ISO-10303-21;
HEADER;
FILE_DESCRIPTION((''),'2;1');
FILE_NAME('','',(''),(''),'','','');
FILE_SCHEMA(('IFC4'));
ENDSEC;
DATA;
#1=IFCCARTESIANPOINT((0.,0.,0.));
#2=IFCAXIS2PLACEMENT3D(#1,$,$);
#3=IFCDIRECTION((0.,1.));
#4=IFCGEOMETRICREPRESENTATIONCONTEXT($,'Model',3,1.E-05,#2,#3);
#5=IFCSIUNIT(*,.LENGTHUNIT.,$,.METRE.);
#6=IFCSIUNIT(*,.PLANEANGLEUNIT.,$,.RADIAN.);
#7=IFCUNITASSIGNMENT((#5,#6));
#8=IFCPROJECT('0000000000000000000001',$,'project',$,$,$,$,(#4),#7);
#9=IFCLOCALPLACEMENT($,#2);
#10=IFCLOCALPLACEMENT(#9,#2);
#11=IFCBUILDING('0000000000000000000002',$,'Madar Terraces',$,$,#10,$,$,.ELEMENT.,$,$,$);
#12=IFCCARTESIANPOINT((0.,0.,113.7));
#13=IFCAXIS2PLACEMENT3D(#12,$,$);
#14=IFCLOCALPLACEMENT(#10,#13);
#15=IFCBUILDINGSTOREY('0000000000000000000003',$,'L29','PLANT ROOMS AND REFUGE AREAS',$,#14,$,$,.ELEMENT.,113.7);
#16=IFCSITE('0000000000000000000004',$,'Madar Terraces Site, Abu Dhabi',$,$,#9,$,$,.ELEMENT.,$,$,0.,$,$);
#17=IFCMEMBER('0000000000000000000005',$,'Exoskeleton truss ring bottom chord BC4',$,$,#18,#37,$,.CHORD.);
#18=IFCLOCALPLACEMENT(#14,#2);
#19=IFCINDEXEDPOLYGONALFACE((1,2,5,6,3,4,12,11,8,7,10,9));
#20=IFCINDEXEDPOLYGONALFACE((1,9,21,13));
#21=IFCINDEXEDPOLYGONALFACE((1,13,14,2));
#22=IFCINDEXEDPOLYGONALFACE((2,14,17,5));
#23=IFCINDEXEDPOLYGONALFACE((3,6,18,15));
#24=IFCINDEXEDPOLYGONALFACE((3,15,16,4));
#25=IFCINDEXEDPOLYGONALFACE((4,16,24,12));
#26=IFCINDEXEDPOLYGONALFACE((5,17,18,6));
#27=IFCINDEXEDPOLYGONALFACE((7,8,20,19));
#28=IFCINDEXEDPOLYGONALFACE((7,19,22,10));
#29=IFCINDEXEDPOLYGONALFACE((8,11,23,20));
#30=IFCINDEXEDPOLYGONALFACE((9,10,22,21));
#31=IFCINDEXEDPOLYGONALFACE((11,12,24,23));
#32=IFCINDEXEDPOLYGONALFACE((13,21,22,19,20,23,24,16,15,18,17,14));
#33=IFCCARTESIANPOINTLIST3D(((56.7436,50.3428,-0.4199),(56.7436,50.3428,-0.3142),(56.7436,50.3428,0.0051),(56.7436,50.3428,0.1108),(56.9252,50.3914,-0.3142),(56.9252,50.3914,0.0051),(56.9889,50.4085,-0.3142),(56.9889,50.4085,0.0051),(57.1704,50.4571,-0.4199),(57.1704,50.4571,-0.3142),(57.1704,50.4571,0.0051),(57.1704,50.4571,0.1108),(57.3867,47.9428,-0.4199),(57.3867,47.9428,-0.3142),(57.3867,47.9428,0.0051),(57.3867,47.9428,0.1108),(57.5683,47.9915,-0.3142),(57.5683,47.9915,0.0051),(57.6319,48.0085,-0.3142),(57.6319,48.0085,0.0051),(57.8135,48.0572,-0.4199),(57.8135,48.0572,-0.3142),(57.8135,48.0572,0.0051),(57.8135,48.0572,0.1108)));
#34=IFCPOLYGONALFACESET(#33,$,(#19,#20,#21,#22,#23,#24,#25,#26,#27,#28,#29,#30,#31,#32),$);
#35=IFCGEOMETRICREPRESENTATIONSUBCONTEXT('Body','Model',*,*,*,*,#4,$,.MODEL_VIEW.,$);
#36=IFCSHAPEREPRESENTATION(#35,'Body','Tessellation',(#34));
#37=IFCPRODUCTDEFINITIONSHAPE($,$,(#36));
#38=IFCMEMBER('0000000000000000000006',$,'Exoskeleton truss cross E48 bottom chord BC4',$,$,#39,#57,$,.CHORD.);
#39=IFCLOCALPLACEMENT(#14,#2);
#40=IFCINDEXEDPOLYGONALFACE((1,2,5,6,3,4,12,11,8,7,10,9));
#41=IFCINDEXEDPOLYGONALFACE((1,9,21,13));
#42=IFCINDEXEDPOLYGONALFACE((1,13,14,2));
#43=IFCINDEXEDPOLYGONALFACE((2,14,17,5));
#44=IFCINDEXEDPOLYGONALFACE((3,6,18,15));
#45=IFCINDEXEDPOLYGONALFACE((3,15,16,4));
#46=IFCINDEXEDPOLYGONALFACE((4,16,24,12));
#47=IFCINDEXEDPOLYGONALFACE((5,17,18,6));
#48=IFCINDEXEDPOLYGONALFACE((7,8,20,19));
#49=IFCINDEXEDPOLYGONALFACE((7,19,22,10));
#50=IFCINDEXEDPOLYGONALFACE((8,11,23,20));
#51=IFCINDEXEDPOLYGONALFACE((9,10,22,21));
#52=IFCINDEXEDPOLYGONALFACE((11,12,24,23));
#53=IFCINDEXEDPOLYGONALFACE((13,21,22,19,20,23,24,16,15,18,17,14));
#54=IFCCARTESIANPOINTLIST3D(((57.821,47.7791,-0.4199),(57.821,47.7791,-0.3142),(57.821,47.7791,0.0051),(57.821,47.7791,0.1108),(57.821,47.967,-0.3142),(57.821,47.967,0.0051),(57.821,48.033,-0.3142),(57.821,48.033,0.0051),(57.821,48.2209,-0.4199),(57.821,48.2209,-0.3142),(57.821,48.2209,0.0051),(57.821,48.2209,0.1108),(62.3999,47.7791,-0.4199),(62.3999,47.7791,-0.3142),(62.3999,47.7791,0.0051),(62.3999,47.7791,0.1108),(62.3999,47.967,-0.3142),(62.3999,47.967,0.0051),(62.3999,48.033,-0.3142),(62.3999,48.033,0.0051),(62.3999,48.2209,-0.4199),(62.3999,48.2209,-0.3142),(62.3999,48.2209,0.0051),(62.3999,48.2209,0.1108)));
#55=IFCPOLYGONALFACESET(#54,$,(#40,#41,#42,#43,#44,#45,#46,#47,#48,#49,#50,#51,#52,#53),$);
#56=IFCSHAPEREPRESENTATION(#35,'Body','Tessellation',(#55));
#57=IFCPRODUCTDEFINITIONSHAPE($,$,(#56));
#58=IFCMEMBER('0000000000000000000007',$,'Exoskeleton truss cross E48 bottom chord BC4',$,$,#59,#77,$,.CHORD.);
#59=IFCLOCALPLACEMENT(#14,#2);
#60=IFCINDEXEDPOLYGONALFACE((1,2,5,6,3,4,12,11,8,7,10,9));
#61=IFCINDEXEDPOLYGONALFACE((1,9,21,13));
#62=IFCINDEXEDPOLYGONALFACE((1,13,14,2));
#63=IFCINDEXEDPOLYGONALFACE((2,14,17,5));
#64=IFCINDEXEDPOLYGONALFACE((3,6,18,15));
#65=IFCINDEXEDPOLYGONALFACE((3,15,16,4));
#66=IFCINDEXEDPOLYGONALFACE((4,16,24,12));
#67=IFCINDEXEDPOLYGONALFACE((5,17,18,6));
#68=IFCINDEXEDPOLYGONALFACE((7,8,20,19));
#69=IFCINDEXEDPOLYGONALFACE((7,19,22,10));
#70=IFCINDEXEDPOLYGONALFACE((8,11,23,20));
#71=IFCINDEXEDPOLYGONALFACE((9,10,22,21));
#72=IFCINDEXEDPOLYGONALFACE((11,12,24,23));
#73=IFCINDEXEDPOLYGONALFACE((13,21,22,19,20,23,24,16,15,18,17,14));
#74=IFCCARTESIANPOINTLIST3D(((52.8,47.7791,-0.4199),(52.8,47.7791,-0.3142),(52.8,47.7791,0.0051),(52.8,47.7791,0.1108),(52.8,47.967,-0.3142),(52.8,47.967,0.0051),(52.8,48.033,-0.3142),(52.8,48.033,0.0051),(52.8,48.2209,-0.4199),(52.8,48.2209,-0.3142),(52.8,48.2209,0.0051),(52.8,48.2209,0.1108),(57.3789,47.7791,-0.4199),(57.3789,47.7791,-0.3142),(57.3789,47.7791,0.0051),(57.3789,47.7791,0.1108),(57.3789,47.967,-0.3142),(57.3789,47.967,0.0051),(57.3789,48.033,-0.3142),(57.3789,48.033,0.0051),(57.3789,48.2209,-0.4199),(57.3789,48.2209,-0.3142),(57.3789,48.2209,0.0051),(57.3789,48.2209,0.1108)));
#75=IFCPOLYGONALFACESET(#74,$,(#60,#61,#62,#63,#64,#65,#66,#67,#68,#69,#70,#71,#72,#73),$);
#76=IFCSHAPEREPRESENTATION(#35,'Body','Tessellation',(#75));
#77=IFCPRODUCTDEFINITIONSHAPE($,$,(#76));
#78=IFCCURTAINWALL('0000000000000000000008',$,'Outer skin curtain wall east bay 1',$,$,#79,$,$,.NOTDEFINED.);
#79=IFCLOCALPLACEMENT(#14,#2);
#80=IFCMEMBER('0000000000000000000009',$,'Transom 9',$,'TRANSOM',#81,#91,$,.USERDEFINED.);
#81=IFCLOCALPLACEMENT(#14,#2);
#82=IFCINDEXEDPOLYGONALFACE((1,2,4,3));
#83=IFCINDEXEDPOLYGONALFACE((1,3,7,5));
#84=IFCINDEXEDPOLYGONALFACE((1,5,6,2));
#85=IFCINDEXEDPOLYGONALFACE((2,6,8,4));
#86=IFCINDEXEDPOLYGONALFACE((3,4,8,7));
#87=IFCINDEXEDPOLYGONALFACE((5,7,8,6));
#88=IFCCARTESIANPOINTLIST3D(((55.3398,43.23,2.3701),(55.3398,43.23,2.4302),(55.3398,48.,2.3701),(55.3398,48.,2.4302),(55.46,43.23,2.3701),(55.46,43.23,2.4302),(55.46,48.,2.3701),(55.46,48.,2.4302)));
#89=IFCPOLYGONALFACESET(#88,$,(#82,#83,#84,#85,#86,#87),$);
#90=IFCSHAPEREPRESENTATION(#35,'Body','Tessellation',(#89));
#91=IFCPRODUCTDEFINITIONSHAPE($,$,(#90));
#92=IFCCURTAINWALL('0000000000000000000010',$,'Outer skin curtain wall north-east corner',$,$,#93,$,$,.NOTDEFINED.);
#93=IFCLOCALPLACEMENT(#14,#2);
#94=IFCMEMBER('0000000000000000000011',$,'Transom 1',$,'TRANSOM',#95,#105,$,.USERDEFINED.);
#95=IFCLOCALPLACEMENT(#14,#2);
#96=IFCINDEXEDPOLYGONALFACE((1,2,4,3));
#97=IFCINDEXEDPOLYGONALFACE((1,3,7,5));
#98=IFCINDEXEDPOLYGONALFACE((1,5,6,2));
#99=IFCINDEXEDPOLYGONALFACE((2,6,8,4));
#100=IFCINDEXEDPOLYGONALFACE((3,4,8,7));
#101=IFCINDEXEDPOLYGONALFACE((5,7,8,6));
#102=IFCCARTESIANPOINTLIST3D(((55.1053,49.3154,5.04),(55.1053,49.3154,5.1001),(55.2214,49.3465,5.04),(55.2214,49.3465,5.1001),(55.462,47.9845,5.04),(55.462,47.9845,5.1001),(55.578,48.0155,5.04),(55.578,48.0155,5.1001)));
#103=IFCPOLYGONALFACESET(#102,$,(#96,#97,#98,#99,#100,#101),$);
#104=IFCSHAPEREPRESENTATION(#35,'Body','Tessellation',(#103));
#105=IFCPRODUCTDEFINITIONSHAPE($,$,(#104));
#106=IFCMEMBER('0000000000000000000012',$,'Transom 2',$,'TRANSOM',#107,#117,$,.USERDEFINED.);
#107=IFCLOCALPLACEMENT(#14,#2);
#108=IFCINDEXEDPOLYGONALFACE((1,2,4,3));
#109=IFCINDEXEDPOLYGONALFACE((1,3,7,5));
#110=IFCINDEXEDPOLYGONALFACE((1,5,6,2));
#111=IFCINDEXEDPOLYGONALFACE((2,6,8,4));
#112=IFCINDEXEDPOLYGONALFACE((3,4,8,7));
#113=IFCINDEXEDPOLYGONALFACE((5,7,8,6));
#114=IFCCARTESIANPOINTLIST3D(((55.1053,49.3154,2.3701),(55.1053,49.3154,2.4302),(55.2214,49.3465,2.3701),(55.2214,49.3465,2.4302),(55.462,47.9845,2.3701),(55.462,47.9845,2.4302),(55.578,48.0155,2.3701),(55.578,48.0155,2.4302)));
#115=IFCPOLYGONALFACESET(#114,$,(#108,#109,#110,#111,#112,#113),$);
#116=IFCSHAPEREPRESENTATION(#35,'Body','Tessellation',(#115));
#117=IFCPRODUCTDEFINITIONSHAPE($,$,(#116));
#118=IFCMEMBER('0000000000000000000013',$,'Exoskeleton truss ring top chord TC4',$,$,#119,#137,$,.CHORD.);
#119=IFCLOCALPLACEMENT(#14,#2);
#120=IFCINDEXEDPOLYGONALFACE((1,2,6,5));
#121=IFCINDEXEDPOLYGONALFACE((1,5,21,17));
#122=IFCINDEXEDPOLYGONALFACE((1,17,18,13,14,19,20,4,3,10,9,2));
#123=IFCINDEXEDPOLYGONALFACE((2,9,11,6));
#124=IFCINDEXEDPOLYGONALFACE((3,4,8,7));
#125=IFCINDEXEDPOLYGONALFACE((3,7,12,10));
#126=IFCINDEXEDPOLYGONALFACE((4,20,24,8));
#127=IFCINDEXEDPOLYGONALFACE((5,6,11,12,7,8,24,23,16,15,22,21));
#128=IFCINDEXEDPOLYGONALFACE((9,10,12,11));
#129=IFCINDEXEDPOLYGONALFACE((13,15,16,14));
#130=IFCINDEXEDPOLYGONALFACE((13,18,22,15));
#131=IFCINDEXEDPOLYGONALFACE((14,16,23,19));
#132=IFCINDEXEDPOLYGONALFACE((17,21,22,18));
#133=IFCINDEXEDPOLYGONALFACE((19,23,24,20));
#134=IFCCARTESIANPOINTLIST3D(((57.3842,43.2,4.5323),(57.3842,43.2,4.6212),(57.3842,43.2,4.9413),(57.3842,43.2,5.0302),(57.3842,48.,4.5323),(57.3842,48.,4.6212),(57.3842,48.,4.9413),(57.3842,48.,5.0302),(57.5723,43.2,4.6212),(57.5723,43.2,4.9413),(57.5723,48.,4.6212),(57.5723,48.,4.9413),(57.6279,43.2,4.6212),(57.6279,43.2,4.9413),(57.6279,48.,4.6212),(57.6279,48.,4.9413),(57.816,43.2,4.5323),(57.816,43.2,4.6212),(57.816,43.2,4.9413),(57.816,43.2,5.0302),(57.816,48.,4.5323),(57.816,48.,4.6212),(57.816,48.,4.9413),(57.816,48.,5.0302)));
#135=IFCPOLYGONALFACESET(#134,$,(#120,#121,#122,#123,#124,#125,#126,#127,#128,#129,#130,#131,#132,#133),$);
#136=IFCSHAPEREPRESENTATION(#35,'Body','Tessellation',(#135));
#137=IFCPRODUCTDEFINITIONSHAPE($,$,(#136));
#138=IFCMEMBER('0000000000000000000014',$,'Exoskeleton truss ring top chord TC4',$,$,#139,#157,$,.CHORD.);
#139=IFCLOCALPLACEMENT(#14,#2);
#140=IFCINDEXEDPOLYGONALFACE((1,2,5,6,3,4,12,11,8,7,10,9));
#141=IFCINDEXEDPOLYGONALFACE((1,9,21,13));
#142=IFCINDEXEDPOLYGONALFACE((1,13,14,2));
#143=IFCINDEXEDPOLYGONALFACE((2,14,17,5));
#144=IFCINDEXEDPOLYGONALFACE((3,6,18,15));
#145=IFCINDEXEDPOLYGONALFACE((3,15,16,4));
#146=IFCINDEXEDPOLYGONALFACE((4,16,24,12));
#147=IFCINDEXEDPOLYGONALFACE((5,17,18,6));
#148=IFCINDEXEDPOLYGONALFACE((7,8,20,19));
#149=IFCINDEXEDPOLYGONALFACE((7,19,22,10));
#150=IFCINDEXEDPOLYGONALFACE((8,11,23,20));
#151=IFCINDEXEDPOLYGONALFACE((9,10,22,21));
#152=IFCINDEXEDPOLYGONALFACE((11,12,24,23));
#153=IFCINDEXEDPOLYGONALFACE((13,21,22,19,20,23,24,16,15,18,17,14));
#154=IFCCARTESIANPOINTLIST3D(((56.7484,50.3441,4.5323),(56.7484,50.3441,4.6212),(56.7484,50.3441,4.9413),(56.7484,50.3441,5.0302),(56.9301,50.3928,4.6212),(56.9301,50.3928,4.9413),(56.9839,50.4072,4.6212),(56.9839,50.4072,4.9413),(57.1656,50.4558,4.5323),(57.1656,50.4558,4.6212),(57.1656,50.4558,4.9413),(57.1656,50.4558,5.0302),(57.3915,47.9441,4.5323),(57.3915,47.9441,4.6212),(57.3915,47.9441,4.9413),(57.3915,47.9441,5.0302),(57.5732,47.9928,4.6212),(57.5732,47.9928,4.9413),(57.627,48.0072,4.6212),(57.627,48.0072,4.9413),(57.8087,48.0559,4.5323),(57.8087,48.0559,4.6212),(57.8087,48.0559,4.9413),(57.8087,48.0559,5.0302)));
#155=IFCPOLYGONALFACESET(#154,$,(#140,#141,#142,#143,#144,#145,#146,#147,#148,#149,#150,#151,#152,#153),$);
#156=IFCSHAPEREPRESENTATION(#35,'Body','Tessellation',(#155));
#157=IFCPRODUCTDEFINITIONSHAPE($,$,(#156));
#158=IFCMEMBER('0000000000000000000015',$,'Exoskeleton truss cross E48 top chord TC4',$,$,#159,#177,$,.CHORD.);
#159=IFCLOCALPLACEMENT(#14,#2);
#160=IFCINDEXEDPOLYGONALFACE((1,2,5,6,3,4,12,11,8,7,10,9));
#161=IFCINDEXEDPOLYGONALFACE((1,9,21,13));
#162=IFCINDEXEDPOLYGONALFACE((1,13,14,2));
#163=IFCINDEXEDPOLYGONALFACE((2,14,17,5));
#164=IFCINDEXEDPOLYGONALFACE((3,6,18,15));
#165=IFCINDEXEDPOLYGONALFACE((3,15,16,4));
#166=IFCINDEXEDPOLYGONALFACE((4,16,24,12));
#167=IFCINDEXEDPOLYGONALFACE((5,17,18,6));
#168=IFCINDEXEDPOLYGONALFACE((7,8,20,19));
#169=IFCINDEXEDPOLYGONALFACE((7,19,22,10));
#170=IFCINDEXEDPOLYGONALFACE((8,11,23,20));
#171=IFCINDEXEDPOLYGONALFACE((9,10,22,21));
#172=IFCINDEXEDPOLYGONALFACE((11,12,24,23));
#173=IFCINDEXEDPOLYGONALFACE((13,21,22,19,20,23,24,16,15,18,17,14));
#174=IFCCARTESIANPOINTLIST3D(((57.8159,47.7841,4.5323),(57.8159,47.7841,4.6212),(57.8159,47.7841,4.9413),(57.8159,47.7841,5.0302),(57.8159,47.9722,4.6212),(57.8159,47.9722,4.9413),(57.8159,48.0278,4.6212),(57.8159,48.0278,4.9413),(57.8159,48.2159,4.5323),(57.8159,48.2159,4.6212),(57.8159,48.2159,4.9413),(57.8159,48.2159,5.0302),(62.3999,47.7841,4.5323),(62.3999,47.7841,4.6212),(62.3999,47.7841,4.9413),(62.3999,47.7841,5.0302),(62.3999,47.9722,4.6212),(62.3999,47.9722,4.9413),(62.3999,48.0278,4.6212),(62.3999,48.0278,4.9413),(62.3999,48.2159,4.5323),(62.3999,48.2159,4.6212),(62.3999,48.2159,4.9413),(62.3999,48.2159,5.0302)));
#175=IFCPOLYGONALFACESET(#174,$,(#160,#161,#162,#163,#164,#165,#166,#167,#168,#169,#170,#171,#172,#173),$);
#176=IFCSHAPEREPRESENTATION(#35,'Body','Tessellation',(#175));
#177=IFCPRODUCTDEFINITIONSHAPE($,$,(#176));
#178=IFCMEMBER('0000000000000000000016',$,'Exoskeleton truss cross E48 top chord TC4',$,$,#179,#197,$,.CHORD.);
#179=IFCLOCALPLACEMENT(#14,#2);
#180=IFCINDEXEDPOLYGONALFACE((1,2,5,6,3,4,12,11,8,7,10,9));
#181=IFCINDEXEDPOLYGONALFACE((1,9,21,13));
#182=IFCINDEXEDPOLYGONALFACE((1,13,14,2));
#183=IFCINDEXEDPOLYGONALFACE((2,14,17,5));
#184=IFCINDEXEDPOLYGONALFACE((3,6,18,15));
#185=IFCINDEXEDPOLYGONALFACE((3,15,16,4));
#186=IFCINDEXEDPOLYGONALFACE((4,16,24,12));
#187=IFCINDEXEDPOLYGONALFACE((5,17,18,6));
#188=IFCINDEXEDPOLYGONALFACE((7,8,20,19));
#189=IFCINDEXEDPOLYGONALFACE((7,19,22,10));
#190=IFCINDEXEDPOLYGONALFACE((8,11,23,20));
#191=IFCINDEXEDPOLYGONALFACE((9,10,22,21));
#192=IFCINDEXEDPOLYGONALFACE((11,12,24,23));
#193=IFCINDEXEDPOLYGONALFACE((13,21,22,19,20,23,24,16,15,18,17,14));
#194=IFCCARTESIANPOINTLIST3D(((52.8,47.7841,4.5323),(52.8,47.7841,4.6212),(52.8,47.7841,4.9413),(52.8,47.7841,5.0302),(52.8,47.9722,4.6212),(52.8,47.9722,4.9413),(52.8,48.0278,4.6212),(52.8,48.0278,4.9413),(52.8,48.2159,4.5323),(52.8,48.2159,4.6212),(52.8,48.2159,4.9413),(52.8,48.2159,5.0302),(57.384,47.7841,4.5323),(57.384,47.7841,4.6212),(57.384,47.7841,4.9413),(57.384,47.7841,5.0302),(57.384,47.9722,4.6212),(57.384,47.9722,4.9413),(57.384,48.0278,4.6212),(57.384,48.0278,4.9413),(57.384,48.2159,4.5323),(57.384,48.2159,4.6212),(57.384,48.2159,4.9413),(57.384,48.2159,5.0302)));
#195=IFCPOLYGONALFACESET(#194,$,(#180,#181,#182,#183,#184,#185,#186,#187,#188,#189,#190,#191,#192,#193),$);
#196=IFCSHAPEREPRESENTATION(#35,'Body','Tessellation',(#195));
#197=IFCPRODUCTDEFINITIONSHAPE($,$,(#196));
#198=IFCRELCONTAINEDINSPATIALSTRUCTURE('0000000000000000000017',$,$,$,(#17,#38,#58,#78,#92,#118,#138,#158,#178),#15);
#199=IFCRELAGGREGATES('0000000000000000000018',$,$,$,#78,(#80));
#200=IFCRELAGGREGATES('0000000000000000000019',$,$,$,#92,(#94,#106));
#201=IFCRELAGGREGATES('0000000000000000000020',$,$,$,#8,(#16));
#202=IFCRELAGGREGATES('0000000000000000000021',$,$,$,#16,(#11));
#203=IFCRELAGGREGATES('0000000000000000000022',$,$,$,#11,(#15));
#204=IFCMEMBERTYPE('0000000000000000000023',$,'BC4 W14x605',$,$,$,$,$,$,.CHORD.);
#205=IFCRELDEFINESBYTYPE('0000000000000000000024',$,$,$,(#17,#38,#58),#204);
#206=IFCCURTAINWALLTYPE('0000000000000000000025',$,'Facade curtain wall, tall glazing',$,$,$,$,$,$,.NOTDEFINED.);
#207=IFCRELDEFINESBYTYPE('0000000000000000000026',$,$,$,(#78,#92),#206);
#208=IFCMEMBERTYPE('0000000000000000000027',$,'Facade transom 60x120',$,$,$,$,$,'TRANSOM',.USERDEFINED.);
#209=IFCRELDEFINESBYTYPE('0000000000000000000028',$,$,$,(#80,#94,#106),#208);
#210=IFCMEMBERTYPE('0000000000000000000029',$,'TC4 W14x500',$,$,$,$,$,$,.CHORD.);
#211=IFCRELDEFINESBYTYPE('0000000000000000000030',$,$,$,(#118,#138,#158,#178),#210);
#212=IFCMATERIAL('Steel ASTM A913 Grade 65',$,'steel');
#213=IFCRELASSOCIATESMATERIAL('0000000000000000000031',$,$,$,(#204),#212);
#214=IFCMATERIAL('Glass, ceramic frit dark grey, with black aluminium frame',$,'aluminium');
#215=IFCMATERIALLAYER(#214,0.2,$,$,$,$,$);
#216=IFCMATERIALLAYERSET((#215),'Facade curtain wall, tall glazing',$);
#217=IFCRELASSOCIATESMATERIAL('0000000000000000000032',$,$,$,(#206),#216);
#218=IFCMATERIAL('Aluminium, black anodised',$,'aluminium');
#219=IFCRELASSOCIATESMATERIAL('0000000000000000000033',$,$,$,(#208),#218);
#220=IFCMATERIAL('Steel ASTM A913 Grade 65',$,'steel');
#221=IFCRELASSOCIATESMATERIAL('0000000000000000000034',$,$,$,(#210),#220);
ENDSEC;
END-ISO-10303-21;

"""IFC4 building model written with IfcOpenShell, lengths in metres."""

from ifc_helpers import new_model, si_unit, direction, frame, origin, origin_2d, place, context, subcontext, project, spatial, rectangle, i_section, extrude, material, layer, layer_set, material_profile, profile_set, type_object, element, aggregate, save


model = new_model("IFC4")

# Units and contexts
model_context = context("Model", 3, precision=1e-05, world=origin(), true_north=direction((0.0, 1.0)))
body_context = subcontext(model_context, "Body", "Model", "MODEL_VIEW")
ifc_project = project(units=[si_unit("LENGTHUNIT", "METRE"), si_unit("PLANEANGLEUNIT", "RADIAN")], contexts=[model_context])

# Site, building, storey
site_placement = place(None, origin())
site = spatial("IfcSite", under=ifc_project, at=site_placement, Name="Madar Terraces Site, Abu Dhabi", CompositionType="ELEMENT", RefElevation=0.0)
building_placement = place(site_placement, origin())
building = spatial("IfcBuilding", under=site, at=building_placement, Name="Madar Terraces", CompositionType="ELEMENT")
storey_placement = place(building_placement, frame((0.0, 0.0, 113.7)))
storey = spatial("IfcBuildingStorey", under=building, at=storey_placement, Name="L29", Description="PLANT ROOMS AND REFUGE AREAS", CompositionType="ELEMENT", Elevation=113.7)

# Members
ifc_material_1 = material(Name="Steel ASTM A913 Grade 65", Category="steel")
ifc_material_profile_1 = material_profile(ifc_material_1, i_section(OverallWidth=0.4419, OverallDepth=0.5308, WebThickness=0.0659, FlangeThickness=0.1057, at=origin_2d()), Name="W14x605")
ifc_profile_set_1 = profile_set([ifc_material_profile_1], Name="Steel ASTM A913 Grade 65")
member_type_1 = type_object("IfcMemberType", Name="BC4 W14x605", PredefinedType="CHORD", material=ifc_profile_set_1)
member_1_placement = place(storey_placement, frame((57.6001, 48.0, -0.1545), z_axis=(-0.258824, 0.965924, 0.0), x_axis=(-0.965924, -0.258824, 0.0)))
element("IfcMember", 1, at=member_1_placement, inside=storey, type_object=member_type_1, Name="Exoskeleton truss ring bottom chord BC4", PredefinedType="CHORD", context=body_context, shape_type="SweptSolid", body=[
    extrude(i_section(OverallWidth=0.4419, OverallDepth=0.5308, WebThickness=0.0659, FlangeThickness=0.1057, at=origin_2d()), origin(), (0.0, 0.0, 1.0), 2.4846),
])
for number, where, z_axis, x_axis, name in (
    (2, (62.3999, 48.0, -0.1545), (-1.0, 0.0, 0.0), (0.0, -1.0, 0.0), "Exoskeleton truss cross E48 bottom chord BC4"),
    (3, (57.3789, 48.0, -0.1545), (-1.0, 0.0, 0.0), (0.0, -1.0, 0.0), "Exoskeleton truss cross E48 bottom chord BC4"),
):
    element("IfcMember", number, at=place(storey_placement, frame(where, z_axis=z_axis, x_axis=x_axis)), inside=storey, type_object=member_type_1, Name=name, PredefinedType="CHORD", context=body_context, shape_type="SweptSolid", body=[
        extrude(i_section(OverallWidth=0.4419, OverallDepth=0.5308, WebThickness=0.0659, FlangeThickness=0.1057, at=origin_2d()), origin(), (0.0, 0.0, 1.0), 4.5789),
    ])

# Curtain wall, member
ifc_material_2 = material(Name="Glass, ceramic frit dark grey, with black aluminium frame", Category="aluminium")
ifc_layer_1 = layer(ifc_material_2, 0.2)
ifc_layer_set_1 = layer_set([ifc_layer_1], Name="Facade curtain wall, tall glazing")
curtain_wall_type = type_object("IfcCurtainWallType", Name="Facade curtain wall, tall glazing", PredefinedType="NOTDEFINED", material=ifc_layer_set_1)
curtain_wall_1_placement = place(storey_placement, origin())
curtain_wall_1 = element("IfcCurtainWall", 4, at=curtain_wall_1_placement, inside=storey, type_object=curtain_wall_type, Name="Outer skin curtain wall east bay 1", PredefinedType="NOTDEFINED")
ifc_material_3 = material(Name="Aluminium, black anodised", Category="aluminium")
ifc_material_profile_2 = material_profile(ifc_material_3, rectangle(XDim=0.1201, YDim=0.0601, at=origin_2d()), Name="Facade transom 60x120")
ifc_profile_set_2 = profile_set([ifc_material_profile_2], Name="Aluminium, black anodised")
member_type_2 = type_object("IfcMemberType", Name="Facade transom 60x120", ElementType="TRANSOM", PredefinedType="USERDEFINED", material=ifc_profile_set_2)
member_2_placement = place(storey_placement, frame((55.3999, 43.23, 2.4001), z_axis=(0.0, 1.0, 0.0), x_axis=(-1.0, 0.0, 0.0)))
member_2 = element("IfcMember", 5, at=member_2_placement, type_object=member_type_2, Name="Transom 9", ObjectType="TRANSOM", PredefinedType="USERDEFINED", context=body_context, shape_type="SweptSolid", body=[
    extrude(rectangle(XDim=0.1201, YDim=0.0601, at=origin_2d()), origin(), (0.0, 0.0, 1.0), 4.77),
])

# Curtain wall, members
curtain_wall_2_placement = place(storey_placement, origin())
curtain_wall_2 = element("IfcCurtainWall", 6, at=curtain_wall_2_placement, inside=storey, type_object=curtain_wall_type, Name="Outer skin curtain wall north-east corner", PredefinedType="NOTDEFINED")
member_3_placement = place(storey_placement, frame((55.52, 48.0, 5.0701), z_axis=(-0.258842, 0.96592, 0.0), x_axis=(-0.96592, -0.258842, 0.0)))
member_3 = element("IfcMember", 7, at=member_3_placement, type_object=member_type_2, Name="Transom 1", ObjectType="TRANSOM", PredefinedType="USERDEFINED", context=body_context, shape_type="SweptSolid", body=[
    extrude(rectangle(XDim=0.1201, YDim=0.0601, at=origin_2d()), origin(), (0.0, 0.0, 1.0), 1.3779),
])
member_4_placement = place(storey_placement, frame((55.52, 48.0, 2.4001), z_axis=(-0.258842, 0.96592, 0.0), x_axis=(-0.96592, -0.258842, 0.0)))
member_4 = element("IfcMember", 8, at=member_4_placement, type_object=member_type_2, Name="Transom 2", ObjectType="TRANSOM", PredefinedType="USERDEFINED", context=body_context, shape_type="SweptSolid", body=[
    extrude(rectangle(XDim=0.1201, YDim=0.0601, at=origin_2d()), origin(), (0.0, 0.0, 1.0), 1.3779),
])

# Members
ifc_material_4 = material(Name="Steel ASTM A913 Grade 65", Category="steel")
ifc_material_profile_3 = material_profile(ifc_material_4, i_section(OverallWidth=0.4319, OverallDepth=0.4978, WebThickness=0.0557, FlangeThickness=0.0889, at=origin_2d()), Name="W14x500")
ifc_profile_set_3 = profile_set([ifc_material_profile_3], Name="Steel ASTM A913 Grade 65")
member_type_3 = type_object("IfcMemberType", Name="TC4 W14x500", PredefinedType="CHORD", material=ifc_profile_set_3)
member_5_placement = place(storey_placement, frame((57.6001, 43.2, 4.7812), z_axis=(0.0, 1.0, 0.0), x_axis=(-1.0, 0.0, 0.0)))
element("IfcMember", 9, at=member_5_placement, inside=storey, type_object=member_type_3, Name="Exoskeleton truss ring top chord TC4", PredefinedType="CHORD", context=body_context, shape_type="SweptSolid", body=[
    extrude(i_section(OverallWidth=0.4319, OverallDepth=0.4978, WebThickness=0.0557, FlangeThickness=0.0889, at=origin_2d()), origin(), (0.0, 0.0, 1.0), 4.8),
])
member_6_placement = place(storey_placement, frame((57.6001, 48.0, 4.7812), z_axis=(-0.258824, 0.965924, 0.0), x_axis=(-0.965924, -0.258824, 0.0)))
element("IfcMember", 10, at=member_6_placement, inside=storey, type_object=member_type_3, Name="Exoskeleton truss ring top chord TC4", PredefinedType="CHORD", context=body_context, shape_type="SweptSolid", body=[
    extrude(i_section(OverallWidth=0.4319, OverallDepth=0.4978, WebThickness=0.0557, FlangeThickness=0.0889, at=origin_2d()), origin(), (0.0, 0.0, 1.0), 2.4846),
])
for number, where, z_axis, x_axis, name in (
    (11, (62.3999, 48.0, 4.7812), (-1.0, 0.0, 0.0), (0.0, -1.0, 0.0), "Exoskeleton truss cross E48 top chord TC4"),
    (12, (57.384, 48.0, 4.7812), (-1.0, 0.0, 0.0), (0.0, -1.0, 0.0), "Exoskeleton truss cross E48 top chord TC4"),
):
    element("IfcMember", number, at=place(storey_placement, frame(where, z_axis=z_axis, x_axis=x_axis)), inside=storey, type_object=member_type_3, Name=name, PredefinedType="CHORD", context=body_context, shape_type="SweptSolid", body=[
        extrude(i_section(OverallWidth=0.4319, OverallDepth=0.4978, WebThickness=0.0557, FlangeThickness=0.0889, at=origin_2d()), origin(), (0.0, 0.0, 1.0), 4.584),
    ])

aggregate(curtain_wall_1, [member_2])
aggregate(curtain_wall_2, [member_3, member_4])

save(model, "model.ifc")
